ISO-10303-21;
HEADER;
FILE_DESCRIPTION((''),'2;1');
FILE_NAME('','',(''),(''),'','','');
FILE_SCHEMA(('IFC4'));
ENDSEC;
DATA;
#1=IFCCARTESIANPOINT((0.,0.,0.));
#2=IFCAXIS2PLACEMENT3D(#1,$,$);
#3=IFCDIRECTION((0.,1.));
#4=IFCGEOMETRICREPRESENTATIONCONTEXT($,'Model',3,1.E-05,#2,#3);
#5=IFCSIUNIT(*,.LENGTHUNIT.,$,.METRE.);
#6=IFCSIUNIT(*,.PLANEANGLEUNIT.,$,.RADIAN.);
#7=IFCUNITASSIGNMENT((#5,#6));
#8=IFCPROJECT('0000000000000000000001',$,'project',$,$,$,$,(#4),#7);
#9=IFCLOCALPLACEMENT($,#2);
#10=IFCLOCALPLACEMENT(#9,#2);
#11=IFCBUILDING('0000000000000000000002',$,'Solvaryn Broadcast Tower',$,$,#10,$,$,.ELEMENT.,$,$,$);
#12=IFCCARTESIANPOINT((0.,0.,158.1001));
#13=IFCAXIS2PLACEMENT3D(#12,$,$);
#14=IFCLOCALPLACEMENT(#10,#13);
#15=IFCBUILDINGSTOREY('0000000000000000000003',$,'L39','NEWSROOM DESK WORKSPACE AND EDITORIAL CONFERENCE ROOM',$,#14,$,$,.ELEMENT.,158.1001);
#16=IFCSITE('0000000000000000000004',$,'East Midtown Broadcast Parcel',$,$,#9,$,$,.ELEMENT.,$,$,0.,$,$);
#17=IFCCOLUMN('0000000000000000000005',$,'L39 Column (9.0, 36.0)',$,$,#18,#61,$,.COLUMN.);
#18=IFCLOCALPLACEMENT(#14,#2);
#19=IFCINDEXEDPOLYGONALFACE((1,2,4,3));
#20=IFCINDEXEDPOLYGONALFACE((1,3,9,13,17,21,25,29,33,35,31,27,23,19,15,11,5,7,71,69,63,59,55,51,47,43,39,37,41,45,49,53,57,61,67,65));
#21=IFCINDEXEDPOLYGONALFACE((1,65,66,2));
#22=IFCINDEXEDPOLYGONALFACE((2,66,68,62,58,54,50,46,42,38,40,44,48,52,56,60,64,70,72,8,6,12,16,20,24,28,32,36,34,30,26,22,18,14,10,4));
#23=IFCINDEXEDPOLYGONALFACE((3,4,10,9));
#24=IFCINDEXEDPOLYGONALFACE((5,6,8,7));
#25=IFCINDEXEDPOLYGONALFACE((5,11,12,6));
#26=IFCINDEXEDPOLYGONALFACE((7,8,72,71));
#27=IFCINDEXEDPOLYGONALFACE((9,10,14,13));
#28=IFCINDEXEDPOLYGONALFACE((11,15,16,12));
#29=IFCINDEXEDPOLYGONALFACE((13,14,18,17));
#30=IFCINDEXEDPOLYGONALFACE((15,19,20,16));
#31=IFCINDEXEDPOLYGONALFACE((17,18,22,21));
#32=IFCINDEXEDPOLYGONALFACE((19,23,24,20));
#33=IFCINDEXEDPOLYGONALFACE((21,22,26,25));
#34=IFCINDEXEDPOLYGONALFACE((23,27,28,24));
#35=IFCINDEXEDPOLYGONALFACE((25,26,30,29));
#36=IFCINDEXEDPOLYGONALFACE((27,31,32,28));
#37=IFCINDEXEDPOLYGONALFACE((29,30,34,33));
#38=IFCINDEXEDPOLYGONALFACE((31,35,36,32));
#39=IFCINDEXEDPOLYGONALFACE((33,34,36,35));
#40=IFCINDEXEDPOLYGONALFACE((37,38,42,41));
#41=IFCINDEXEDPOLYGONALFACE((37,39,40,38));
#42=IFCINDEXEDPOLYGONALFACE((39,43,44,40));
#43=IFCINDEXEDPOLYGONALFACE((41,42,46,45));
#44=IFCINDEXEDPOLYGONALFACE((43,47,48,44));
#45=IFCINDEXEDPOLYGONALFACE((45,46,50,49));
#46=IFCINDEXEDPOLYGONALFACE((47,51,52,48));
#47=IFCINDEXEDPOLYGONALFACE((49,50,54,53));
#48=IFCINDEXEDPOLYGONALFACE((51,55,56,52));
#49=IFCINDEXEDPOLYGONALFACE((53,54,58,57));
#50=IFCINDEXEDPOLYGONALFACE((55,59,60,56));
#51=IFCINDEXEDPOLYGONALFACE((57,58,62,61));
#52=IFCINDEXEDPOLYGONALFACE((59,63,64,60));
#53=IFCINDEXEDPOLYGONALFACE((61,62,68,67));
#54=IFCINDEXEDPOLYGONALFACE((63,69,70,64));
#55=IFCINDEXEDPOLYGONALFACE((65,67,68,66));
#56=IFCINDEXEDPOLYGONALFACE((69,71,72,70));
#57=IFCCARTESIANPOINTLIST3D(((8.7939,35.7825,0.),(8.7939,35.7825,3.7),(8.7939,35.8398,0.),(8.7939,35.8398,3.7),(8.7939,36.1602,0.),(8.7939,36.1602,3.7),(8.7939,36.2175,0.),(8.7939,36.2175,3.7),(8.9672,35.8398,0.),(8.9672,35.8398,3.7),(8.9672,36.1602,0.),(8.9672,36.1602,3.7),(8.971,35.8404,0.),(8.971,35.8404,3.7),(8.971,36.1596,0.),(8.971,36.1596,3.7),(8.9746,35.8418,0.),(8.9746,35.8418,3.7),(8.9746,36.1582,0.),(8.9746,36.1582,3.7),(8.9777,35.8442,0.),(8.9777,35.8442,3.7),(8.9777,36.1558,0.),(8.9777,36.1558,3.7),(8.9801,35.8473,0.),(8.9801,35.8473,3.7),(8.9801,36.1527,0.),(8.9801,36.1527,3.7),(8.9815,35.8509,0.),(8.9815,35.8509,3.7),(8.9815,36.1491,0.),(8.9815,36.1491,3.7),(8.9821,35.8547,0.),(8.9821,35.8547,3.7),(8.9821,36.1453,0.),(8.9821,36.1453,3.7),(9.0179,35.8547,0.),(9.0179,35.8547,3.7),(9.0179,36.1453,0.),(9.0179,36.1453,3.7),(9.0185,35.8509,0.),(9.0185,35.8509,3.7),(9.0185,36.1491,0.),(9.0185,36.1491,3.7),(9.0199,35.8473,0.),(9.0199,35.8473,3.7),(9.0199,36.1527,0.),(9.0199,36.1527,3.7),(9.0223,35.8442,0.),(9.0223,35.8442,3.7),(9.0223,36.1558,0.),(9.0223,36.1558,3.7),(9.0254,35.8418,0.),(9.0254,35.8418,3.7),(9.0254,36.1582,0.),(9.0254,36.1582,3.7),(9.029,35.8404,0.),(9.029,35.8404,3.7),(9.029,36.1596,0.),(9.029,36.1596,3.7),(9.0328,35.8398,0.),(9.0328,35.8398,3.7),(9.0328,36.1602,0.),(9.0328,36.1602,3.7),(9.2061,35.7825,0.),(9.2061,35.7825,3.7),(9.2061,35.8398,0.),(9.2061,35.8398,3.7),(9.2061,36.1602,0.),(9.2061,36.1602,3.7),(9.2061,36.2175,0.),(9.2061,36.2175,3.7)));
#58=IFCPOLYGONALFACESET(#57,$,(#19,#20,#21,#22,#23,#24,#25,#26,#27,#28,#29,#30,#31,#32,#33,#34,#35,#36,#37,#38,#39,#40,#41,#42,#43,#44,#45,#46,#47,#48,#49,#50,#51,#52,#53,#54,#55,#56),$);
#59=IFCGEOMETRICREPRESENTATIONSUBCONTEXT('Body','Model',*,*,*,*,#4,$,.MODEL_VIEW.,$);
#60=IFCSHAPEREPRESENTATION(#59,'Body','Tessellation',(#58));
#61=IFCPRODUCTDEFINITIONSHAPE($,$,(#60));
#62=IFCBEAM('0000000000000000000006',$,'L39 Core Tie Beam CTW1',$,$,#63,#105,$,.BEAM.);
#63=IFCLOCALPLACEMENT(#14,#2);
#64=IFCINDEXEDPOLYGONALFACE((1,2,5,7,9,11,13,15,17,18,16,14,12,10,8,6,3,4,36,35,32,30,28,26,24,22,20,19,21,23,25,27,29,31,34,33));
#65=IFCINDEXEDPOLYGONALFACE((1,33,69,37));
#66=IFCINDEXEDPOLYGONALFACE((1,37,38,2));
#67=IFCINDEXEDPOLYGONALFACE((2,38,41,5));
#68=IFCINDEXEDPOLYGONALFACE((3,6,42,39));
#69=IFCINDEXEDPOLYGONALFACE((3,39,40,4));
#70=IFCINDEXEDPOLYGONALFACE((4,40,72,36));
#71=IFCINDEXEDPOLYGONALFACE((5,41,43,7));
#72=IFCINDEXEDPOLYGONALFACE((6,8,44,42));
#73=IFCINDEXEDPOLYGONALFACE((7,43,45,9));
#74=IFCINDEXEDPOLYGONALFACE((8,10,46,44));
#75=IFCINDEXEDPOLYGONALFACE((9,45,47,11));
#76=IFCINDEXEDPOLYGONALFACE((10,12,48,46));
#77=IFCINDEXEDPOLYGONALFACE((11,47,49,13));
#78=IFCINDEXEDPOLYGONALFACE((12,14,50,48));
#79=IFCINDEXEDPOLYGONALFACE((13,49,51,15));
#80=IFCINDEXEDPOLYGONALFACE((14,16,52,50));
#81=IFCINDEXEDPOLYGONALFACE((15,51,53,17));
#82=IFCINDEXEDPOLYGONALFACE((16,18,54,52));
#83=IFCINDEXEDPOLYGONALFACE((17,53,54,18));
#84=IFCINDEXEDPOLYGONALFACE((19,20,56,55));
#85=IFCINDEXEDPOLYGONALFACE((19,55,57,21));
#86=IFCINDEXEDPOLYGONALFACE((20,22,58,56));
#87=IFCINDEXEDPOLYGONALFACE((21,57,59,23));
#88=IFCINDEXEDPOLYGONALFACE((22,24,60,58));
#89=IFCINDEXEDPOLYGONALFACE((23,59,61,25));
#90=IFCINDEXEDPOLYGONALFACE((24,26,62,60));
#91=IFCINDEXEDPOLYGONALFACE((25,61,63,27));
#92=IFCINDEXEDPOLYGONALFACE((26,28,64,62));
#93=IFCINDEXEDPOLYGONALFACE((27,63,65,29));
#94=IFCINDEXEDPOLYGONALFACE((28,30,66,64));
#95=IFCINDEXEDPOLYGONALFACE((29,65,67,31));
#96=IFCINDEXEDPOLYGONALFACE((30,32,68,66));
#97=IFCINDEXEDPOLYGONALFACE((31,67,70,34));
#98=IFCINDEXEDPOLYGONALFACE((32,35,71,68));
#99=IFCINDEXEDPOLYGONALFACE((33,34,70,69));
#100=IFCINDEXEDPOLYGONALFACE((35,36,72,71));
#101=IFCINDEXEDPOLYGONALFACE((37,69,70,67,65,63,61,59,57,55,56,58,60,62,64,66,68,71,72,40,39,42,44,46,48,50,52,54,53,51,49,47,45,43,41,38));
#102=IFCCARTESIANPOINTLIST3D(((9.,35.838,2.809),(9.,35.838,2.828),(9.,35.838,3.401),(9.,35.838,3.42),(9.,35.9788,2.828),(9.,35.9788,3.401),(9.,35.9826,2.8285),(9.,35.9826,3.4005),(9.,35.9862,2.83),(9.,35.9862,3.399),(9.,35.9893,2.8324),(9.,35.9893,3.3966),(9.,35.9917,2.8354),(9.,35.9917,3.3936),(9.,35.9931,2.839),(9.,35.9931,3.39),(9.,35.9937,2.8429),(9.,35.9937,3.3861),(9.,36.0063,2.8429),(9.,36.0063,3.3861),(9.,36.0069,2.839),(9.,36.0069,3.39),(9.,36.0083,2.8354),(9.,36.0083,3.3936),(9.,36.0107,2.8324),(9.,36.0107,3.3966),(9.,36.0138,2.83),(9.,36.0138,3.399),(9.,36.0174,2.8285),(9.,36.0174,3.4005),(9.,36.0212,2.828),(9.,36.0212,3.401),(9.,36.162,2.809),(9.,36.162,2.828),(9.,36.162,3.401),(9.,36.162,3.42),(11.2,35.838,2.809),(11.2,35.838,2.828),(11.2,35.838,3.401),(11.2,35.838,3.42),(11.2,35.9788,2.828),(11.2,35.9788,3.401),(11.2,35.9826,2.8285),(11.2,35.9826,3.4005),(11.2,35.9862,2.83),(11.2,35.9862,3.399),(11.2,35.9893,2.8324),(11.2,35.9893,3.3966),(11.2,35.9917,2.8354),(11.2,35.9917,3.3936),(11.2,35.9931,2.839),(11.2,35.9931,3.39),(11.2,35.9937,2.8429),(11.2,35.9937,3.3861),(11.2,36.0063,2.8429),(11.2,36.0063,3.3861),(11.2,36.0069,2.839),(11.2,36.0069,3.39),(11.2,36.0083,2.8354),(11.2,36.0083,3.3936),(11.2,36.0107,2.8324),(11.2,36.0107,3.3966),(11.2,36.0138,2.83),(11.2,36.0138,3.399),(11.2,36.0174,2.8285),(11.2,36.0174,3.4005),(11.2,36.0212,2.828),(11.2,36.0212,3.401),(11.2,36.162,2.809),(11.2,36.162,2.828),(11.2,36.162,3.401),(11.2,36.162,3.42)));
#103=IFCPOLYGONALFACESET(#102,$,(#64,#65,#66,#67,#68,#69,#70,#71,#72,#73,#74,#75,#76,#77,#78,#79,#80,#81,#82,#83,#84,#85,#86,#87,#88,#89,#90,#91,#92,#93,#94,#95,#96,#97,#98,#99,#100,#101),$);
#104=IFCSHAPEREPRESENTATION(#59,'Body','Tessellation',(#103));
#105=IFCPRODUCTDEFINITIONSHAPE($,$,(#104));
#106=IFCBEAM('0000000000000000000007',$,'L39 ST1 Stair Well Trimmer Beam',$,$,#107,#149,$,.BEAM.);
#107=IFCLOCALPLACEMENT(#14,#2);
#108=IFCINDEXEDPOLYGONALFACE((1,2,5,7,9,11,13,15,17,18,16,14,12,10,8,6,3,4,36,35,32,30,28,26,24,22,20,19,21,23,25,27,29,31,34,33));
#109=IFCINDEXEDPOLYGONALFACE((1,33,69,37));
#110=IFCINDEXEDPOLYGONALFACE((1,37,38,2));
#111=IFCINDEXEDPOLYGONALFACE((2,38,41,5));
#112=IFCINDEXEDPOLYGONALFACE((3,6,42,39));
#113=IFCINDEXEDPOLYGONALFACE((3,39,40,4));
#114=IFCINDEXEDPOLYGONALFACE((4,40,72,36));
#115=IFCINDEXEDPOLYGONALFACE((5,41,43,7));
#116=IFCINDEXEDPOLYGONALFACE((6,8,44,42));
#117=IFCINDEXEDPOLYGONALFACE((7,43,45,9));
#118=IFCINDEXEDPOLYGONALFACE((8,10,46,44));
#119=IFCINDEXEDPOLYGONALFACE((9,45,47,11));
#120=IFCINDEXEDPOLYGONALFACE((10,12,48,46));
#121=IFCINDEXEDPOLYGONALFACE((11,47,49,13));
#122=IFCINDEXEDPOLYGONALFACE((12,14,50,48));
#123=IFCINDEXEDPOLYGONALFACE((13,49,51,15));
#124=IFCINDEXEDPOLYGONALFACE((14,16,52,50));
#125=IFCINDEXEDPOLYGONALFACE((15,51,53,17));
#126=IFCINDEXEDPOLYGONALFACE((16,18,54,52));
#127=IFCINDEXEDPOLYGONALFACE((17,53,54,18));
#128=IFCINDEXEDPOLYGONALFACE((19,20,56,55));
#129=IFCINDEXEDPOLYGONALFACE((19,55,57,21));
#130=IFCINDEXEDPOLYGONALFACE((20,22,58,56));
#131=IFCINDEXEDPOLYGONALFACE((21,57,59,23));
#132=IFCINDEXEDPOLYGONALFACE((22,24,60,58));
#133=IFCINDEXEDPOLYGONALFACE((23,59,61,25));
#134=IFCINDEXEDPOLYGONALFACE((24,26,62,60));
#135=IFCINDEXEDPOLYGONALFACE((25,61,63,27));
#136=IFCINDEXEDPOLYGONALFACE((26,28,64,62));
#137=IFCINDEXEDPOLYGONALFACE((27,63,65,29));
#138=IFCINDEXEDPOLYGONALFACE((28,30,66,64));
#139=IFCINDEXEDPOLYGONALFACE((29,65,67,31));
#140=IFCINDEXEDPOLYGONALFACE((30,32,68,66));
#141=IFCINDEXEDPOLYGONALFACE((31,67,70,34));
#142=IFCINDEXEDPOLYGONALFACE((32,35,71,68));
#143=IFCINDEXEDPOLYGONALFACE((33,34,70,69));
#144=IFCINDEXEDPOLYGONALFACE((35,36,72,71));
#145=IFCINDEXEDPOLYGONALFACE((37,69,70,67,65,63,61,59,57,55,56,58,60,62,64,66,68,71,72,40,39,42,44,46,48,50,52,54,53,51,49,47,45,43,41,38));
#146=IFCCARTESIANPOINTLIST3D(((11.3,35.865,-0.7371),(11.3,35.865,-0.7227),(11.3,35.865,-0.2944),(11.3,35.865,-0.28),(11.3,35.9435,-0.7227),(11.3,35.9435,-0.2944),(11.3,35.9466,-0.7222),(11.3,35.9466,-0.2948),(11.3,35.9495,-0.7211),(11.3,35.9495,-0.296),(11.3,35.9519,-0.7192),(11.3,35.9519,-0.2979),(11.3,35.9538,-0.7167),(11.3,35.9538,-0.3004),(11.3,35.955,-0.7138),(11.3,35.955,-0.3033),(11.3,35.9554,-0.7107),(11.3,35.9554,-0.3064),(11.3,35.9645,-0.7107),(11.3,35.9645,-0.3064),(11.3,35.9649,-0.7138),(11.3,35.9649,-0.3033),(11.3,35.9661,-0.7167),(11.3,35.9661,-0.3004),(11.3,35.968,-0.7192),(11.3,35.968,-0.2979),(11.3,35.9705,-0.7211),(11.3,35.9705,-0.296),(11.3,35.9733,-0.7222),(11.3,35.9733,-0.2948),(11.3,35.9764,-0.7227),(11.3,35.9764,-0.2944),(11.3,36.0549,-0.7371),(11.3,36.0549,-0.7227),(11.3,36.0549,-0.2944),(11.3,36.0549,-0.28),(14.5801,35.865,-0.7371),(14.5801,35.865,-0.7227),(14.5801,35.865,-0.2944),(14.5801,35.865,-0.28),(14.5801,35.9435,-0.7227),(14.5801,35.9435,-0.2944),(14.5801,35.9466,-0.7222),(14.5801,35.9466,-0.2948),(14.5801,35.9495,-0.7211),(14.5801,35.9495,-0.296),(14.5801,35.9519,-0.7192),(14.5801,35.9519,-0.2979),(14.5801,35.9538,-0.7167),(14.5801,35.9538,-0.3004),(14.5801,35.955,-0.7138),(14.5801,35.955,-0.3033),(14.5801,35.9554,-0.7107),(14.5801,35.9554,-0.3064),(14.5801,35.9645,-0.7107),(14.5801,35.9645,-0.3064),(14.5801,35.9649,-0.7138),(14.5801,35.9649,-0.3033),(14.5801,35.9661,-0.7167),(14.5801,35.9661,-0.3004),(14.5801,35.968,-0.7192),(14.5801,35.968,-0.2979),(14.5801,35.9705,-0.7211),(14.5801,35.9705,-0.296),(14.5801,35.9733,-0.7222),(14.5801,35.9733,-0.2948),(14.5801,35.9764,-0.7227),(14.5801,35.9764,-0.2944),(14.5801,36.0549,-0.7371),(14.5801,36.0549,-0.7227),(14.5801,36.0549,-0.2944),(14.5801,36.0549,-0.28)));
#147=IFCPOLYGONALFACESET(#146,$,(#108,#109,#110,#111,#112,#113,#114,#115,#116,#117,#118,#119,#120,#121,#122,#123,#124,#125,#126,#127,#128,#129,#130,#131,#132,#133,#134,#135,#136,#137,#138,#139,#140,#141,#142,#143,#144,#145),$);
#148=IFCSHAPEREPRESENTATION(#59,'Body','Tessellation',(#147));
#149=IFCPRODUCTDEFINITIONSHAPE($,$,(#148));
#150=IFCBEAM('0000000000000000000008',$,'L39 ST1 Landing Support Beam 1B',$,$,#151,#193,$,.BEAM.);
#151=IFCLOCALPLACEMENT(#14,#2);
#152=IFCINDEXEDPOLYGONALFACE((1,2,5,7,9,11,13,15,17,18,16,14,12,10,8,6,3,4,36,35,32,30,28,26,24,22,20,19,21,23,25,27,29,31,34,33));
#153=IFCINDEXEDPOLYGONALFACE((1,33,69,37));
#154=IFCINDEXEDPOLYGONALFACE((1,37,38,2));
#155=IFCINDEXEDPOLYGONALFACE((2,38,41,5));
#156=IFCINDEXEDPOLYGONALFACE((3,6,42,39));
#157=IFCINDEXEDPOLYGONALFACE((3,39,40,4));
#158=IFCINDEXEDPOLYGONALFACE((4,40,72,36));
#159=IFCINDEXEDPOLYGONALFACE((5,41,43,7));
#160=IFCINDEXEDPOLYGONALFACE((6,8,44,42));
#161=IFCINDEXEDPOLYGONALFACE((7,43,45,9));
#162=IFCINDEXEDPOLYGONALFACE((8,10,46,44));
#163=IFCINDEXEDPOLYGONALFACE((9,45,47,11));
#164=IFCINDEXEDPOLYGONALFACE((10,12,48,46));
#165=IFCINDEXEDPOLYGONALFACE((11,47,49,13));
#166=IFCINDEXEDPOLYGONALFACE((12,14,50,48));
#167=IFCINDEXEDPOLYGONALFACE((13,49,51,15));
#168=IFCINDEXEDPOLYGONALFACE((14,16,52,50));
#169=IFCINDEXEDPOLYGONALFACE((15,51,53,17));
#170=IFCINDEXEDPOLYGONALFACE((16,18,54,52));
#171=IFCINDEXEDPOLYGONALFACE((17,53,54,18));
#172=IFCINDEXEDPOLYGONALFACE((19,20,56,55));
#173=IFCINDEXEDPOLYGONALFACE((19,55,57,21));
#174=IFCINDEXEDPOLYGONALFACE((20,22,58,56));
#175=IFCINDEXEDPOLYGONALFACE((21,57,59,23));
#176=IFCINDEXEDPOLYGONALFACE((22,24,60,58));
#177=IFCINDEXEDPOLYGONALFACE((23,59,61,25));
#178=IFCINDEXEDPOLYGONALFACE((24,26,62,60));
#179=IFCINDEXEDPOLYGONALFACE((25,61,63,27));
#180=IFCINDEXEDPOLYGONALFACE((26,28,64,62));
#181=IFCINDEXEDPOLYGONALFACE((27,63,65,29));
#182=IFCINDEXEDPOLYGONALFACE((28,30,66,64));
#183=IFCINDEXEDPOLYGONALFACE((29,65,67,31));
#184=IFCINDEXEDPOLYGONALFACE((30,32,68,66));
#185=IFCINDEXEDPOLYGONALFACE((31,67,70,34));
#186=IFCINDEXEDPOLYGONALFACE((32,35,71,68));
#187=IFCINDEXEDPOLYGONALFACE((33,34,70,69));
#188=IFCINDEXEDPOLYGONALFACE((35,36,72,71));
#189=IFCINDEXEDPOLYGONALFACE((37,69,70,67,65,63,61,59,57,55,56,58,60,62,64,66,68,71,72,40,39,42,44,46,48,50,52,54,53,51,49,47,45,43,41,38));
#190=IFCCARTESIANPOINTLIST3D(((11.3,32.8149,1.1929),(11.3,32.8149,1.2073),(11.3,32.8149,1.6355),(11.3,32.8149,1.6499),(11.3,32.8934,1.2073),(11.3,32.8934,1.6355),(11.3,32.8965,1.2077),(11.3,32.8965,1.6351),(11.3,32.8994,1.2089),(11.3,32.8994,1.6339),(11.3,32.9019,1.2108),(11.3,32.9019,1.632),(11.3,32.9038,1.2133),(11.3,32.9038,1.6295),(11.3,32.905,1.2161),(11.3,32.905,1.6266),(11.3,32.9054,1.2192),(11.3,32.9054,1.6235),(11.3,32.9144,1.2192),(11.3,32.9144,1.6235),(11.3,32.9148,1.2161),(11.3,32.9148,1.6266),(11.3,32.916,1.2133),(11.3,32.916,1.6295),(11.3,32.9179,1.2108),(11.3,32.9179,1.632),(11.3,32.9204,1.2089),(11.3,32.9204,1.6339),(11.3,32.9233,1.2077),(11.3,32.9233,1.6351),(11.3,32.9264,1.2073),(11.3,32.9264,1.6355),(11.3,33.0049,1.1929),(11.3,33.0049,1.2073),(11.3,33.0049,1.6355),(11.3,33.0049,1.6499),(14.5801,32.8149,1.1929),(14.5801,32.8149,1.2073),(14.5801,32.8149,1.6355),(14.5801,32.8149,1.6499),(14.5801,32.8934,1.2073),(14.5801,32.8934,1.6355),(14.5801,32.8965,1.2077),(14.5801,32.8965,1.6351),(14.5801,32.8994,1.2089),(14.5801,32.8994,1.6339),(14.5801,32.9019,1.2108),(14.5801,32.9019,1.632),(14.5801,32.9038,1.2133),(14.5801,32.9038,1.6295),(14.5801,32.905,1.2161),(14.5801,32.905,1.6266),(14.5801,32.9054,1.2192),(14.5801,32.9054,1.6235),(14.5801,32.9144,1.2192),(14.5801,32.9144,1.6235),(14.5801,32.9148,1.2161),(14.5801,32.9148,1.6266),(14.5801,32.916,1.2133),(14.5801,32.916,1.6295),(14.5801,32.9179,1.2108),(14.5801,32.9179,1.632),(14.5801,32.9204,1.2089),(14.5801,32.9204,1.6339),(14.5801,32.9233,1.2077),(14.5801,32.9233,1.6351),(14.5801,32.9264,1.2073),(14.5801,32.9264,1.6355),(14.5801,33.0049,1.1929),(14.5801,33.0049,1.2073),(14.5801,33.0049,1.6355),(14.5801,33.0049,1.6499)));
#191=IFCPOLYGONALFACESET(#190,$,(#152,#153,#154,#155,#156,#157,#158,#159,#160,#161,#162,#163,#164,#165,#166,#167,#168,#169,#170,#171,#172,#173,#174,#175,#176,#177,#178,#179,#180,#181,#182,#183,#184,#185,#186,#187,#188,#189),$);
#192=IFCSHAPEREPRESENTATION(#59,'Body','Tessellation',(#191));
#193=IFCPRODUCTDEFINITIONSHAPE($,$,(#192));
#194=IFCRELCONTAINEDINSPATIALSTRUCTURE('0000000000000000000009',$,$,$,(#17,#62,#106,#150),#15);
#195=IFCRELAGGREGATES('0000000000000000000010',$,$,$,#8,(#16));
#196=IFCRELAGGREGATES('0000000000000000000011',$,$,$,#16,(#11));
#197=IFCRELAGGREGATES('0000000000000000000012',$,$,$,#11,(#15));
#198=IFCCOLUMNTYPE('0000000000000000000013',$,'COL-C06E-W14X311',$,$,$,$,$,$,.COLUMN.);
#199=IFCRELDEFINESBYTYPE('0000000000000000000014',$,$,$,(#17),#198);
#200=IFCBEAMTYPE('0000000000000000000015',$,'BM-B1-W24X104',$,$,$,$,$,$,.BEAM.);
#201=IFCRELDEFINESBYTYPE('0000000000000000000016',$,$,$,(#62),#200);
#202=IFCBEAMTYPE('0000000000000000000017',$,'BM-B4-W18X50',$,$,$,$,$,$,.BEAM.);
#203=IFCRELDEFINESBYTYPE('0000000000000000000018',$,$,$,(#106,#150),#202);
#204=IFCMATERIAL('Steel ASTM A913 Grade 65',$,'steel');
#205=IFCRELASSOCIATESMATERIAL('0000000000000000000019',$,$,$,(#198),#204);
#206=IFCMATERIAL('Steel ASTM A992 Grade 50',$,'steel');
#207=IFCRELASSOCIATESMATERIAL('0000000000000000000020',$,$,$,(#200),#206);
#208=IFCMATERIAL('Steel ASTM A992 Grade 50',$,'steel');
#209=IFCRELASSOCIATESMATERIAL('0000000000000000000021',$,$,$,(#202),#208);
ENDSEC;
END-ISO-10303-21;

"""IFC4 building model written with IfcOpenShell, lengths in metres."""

from ifc_helpers import new_model, si_unit, direction, frame, origin, origin_2d, place, context, subcontext, project, spatial, i_section, extrude, material, material_profile, profile_set, type_object, element, save


model = new_model("IFC4")

# Units and contexts
model_context = context("Model", 3, precision=1e-05, world=origin(), true_north=direction((0.0, 1.0)))
body_context = subcontext(model_context, "Body", "Model", "MODEL_VIEW")
ifc_project = project(units=[si_unit("LENGTHUNIT", "METRE"), si_unit("PLANEANGLEUNIT", "RADIAN")], contexts=[model_context])

# Site, building, storey
site_placement = place(None, origin())
site = spatial("IfcSite", under=ifc_project, at=site_placement, Name="East Midtown Broadcast Parcel", CompositionType="ELEMENT", RefElevation=0.0)
building_placement = place(site_placement, origin())
building = spatial("IfcBuilding", under=site, at=building_placement, Name="Solvaryn Broadcast Tower", CompositionType="ELEMENT")
storey_placement = place(building_placement, frame((0.0, 0.0, 158.1001)))
storey = spatial("IfcBuildingStorey", under=building, at=storey_placement, Name="L39", Description="NEWSROOM DESK WORKSPACE AND EDITORIAL CONFERENCE ROOM", CompositionType="ELEMENT", Elevation=158.1001)

# Column
ifc_material_1 = material(Name="Steel ASTM A913 Grade 65", Category="steel")
ifc_material_profile_1 = material_profile(ifc_material_1, i_section(OverallWidth=0.4121, OverallDepth=0.4351, WebThickness=0.0359, FlangeThickness=0.0574, FilletRadius=0.0149, at=origin_2d()))
ifc_profile_set_1 = profile_set([ifc_material_profile_1], Name="Steel ASTM A913 Grade 65")
column_type = type_object("IfcColumnType", Name="COL-C06E-W14X311", PredefinedType="COLUMN", material=ifc_profile_set_1)
column_placement = place(storey_placement, frame((9.0, 36.0, 0.0), z_axis=(0.0, 0.0, 1.0), x_axis=(1.0, 0.0, 0.0)))
element("IfcColumn", 1, at=column_placement, inside=storey, type_object=column_type, Name="L39 Column (9.0, 36.0)", PredefinedType="COLUMN", context=body_context, shape_type="SweptSolid", body=[
    extrude(i_section(OverallWidth=0.4121, OverallDepth=0.4351, WebThickness=0.0359, FlangeThickness=0.0574, FilletRadius=0.0149, at=origin_2d()), origin(), (0.0, 0.0, 1.0), 3.7),
])

# Beams
ifc_material_2 = material(Name="Steel ASTM A992 Grade 50", Category="steel")
ifc_material_profile_2 = material_profile(ifc_material_2, i_section(OverallWidth=0.324, OverallDepth=0.6111, WebThickness=0.0127, FlangeThickness=0.019, FilletRadius=0.0149, at=origin_2d()))
ifc_profile_set_2 = profile_set([ifc_material_profile_2], Name="Steel ASTM A992 Grade 50")
beam_type_1 = type_object("IfcBeamType", Name="BM-B1-W24X104", PredefinedType="BEAM", material=ifc_profile_set_2)
beam_1_placement = place(storey_placement, frame((9.0, 36.0, 3.1145), z_axis=(1.0, 0.0, 0.0), x_axis=(0.0, 1.0, 0.0)))
element("IfcBeam", 2, at=beam_1_placement, inside=storey, type_object=beam_type_1, Name="L39 Core Tie Beam CTW1", PredefinedType="BEAM", context=body_context, shape_type="SweptSolid", body=[
    extrude(i_section(OverallWidth=0.324, OverallDepth=0.6111, WebThickness=0.0127, FlangeThickness=0.019, FilletRadius=0.0149, at=origin_2d()), origin(), (0.0, 0.0, 1.0), 2.2),
])
ifc_material_3 = material(Name="Steel ASTM A992 Grade 50", Category="steel")
ifc_material_profile_3 = material_profile(ifc_material_3, i_section(OverallWidth=0.1899, OverallDepth=0.457, WebThickness=0.009, FlangeThickness=0.0144, FilletRadius=0.012, at=origin_2d()))
ifc_profile_set_3 = profile_set([ifc_material_profile_3], Name="Steel ASTM A992 Grade 50")
beam_type_2 = type_object("IfcBeamType", Name="BM-B4-W18X50", PredefinedType="BEAM", material=ifc_profile_set_3)
for number, where, z_axis, x_axis, name in (
    (3, (11.3, 35.96, -0.5085), (1.0, 0.0, 0.0), (0.0, 1.0, 0.0), "L39 ST1 Stair Well Trimmer Beam"),
    (4, (11.3, 32.9099, 1.4214), (1.0, 0.0, 0.0), (0.0, 1.0, 0.0), "L39 ST1 Landing Support Beam 1B"),
):
    element("IfcBeam", number, at=place(storey_placement, frame(where, z_axis=z_axis, x_axis=x_axis)), inside=storey, type_object=beam_type_2, Name=name, PredefinedType="BEAM", context=body_context, shape_type="SweptSolid", body=[
        extrude(i_section(OverallWidth=0.1899, OverallDepth=0.457, WebThickness=0.009, FlangeThickness=0.0144, FilletRadius=0.012, at=origin_2d()), origin(), (0.0, 0.0, 1.0), 3.28),
    ])

save(model, "model.ifc")
